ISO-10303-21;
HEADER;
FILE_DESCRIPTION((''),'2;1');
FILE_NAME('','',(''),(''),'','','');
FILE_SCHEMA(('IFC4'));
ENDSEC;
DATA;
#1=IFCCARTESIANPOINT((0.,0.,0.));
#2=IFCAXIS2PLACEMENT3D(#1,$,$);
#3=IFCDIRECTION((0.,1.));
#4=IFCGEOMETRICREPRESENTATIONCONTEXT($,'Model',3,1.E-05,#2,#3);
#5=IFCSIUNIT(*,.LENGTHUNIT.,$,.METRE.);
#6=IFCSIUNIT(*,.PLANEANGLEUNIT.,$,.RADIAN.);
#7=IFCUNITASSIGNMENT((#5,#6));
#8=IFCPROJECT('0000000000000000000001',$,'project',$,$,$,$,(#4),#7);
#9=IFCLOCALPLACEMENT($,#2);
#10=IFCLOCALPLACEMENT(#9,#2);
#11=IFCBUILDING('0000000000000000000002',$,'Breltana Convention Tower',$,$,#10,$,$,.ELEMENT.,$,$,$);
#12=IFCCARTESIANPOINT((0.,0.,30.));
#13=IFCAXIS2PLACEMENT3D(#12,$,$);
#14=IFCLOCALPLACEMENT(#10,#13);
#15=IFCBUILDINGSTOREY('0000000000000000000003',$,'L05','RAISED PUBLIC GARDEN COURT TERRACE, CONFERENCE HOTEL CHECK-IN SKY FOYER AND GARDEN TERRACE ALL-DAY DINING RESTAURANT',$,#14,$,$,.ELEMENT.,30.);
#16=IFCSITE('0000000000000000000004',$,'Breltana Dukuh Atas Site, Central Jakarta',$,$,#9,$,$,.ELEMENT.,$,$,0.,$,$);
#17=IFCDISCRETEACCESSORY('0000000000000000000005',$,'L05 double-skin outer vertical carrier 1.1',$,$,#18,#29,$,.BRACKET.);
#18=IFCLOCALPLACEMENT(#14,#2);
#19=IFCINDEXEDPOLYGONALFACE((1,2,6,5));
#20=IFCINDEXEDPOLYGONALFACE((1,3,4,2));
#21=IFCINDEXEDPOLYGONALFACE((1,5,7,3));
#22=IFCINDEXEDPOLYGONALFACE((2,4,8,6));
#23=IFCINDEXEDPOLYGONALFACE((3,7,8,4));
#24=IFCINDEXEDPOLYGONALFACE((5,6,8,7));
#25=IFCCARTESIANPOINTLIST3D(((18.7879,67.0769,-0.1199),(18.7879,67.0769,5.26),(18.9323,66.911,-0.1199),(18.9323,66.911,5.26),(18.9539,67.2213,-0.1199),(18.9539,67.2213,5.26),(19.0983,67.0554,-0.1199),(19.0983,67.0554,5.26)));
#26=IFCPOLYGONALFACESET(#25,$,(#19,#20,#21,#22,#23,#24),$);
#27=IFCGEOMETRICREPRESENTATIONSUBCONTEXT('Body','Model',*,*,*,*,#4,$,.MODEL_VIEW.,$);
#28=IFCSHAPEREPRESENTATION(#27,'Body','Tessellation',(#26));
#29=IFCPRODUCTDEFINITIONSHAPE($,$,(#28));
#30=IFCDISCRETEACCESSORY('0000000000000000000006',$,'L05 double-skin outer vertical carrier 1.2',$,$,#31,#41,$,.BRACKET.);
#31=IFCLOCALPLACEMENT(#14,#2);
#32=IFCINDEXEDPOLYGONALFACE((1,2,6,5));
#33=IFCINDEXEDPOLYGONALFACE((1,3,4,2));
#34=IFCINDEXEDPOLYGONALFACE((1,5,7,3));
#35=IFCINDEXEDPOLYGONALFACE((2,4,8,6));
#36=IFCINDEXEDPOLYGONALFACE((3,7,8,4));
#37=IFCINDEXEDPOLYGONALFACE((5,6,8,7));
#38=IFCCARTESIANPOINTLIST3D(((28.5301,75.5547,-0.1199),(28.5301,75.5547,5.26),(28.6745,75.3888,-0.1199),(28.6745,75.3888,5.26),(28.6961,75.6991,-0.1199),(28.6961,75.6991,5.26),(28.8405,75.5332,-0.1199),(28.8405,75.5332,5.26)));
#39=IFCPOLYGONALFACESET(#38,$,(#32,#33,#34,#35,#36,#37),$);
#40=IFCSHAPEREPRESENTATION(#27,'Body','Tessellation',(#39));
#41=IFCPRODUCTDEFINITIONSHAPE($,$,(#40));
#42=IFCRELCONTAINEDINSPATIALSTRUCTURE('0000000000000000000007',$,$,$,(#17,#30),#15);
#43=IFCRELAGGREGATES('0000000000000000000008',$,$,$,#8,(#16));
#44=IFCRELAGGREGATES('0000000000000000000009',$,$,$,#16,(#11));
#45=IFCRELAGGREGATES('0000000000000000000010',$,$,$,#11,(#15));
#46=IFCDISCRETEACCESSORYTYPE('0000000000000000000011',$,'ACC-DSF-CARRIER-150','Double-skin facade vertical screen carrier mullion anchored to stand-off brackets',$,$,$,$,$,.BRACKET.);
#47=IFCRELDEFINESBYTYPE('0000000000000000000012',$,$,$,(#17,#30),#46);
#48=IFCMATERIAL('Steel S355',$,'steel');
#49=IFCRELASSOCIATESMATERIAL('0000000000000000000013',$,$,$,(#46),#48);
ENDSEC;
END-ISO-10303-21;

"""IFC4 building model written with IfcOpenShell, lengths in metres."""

from ifc_helpers import new_model, si_unit, direction, frame, origin, origin_2d, place, context, subcontext, project, spatial, rectangle, extrude, source, transform, mapped, material, type_object, type_shapes, element, save


model = new_model("IFC4")

# Units and contexts
model_context = context("Model", 3, precision=1e-05, world=origin(), true_north=direction((0.0, 1.0)))
body_context = subcontext(model_context, "Body", "Model", "MODEL_VIEW")
ifc_project = project(units=[si_unit("LENGTHUNIT", "METRE"), si_unit("PLANEANGLEUNIT", "RADIAN")], contexts=[model_context])

# Site, building, storey
site_placement = place(None, origin())
site = spatial("IfcSite", under=ifc_project, at=site_placement, Name="Breltana Dukuh Atas Site, Central Jakarta", CompositionType="ELEMENT", RefElevation=0.0)
building_placement = place(site_placement, origin())
building = spatial("IfcBuilding", under=site, at=building_placement, Name="Breltana Convention Tower", CompositionType="ELEMENT")
storey_placement = place(building_placement, frame((0.0, 0.0, 30.0)))
storey = spatial("IfcBuildingStorey", under=building, at=storey_placement, Name="L05", Description="RAISED PUBLIC GARDEN COURT TERRACE, CONFERENCE HOTEL CHECK-IN SKY FOYER AND GARDEN TERRACE ALL-DAY DINING RESTAURANT", CompositionType="ELEMENT", Elevation=30.0)

# Discrete accessories
ifc_material_1 = material(Name="Steel S355", Category="steel")
discrete_accessory_type_1 = type_object("IfcDiscreteAccessoryType", Name="ACC-DSF-CARRIER-150", Description="Double-skin facade vertical screen carrier mullion anchored to stand-off brackets", PredefinedType="BRACKET", material=ifc_material_1)
shared_shape_1 = source(origin(), body_context, "Body", "SweptSolid", [
    extrude(rectangle(XDim=0.22, YDim=0.22, at=origin_2d()), origin(), (0.0, 0.0, 1.0), 5.3799),
])
type_shapes(discrete_accessory_type_1, [shared_shape_1])
for number, where, z_axis, x_axis, name in (
    (1, (18.9431, 67.0662, -0.1199), (0.0, 0.0, 1.0), (-0.656457, 0.754364, 0.0), "L05 double-skin outer vertical carrier 1.1"),
    (2, (28.6853, 75.5439, -0.1199), (0.0, 0.0, 1.0), (-0.656457, 0.754364, 0.0), "L05 double-skin outer vertical carrier 1.2"),
):
    element("IfcDiscreteAccessory", number, at=place(storey_placement, frame(where, z_axis=z_axis, x_axis=x_axis)), inside=storey, type_object=discrete_accessory_type_1, Name=name, PredefinedType="BRACKET", context=body_context, shape_type="MappedRepresentation", body=[
        mapped(shared_shape_1, transform((0.0, 0.0, 0.0), scale=1.0)),
    ])

save(model, "model.ifc")
